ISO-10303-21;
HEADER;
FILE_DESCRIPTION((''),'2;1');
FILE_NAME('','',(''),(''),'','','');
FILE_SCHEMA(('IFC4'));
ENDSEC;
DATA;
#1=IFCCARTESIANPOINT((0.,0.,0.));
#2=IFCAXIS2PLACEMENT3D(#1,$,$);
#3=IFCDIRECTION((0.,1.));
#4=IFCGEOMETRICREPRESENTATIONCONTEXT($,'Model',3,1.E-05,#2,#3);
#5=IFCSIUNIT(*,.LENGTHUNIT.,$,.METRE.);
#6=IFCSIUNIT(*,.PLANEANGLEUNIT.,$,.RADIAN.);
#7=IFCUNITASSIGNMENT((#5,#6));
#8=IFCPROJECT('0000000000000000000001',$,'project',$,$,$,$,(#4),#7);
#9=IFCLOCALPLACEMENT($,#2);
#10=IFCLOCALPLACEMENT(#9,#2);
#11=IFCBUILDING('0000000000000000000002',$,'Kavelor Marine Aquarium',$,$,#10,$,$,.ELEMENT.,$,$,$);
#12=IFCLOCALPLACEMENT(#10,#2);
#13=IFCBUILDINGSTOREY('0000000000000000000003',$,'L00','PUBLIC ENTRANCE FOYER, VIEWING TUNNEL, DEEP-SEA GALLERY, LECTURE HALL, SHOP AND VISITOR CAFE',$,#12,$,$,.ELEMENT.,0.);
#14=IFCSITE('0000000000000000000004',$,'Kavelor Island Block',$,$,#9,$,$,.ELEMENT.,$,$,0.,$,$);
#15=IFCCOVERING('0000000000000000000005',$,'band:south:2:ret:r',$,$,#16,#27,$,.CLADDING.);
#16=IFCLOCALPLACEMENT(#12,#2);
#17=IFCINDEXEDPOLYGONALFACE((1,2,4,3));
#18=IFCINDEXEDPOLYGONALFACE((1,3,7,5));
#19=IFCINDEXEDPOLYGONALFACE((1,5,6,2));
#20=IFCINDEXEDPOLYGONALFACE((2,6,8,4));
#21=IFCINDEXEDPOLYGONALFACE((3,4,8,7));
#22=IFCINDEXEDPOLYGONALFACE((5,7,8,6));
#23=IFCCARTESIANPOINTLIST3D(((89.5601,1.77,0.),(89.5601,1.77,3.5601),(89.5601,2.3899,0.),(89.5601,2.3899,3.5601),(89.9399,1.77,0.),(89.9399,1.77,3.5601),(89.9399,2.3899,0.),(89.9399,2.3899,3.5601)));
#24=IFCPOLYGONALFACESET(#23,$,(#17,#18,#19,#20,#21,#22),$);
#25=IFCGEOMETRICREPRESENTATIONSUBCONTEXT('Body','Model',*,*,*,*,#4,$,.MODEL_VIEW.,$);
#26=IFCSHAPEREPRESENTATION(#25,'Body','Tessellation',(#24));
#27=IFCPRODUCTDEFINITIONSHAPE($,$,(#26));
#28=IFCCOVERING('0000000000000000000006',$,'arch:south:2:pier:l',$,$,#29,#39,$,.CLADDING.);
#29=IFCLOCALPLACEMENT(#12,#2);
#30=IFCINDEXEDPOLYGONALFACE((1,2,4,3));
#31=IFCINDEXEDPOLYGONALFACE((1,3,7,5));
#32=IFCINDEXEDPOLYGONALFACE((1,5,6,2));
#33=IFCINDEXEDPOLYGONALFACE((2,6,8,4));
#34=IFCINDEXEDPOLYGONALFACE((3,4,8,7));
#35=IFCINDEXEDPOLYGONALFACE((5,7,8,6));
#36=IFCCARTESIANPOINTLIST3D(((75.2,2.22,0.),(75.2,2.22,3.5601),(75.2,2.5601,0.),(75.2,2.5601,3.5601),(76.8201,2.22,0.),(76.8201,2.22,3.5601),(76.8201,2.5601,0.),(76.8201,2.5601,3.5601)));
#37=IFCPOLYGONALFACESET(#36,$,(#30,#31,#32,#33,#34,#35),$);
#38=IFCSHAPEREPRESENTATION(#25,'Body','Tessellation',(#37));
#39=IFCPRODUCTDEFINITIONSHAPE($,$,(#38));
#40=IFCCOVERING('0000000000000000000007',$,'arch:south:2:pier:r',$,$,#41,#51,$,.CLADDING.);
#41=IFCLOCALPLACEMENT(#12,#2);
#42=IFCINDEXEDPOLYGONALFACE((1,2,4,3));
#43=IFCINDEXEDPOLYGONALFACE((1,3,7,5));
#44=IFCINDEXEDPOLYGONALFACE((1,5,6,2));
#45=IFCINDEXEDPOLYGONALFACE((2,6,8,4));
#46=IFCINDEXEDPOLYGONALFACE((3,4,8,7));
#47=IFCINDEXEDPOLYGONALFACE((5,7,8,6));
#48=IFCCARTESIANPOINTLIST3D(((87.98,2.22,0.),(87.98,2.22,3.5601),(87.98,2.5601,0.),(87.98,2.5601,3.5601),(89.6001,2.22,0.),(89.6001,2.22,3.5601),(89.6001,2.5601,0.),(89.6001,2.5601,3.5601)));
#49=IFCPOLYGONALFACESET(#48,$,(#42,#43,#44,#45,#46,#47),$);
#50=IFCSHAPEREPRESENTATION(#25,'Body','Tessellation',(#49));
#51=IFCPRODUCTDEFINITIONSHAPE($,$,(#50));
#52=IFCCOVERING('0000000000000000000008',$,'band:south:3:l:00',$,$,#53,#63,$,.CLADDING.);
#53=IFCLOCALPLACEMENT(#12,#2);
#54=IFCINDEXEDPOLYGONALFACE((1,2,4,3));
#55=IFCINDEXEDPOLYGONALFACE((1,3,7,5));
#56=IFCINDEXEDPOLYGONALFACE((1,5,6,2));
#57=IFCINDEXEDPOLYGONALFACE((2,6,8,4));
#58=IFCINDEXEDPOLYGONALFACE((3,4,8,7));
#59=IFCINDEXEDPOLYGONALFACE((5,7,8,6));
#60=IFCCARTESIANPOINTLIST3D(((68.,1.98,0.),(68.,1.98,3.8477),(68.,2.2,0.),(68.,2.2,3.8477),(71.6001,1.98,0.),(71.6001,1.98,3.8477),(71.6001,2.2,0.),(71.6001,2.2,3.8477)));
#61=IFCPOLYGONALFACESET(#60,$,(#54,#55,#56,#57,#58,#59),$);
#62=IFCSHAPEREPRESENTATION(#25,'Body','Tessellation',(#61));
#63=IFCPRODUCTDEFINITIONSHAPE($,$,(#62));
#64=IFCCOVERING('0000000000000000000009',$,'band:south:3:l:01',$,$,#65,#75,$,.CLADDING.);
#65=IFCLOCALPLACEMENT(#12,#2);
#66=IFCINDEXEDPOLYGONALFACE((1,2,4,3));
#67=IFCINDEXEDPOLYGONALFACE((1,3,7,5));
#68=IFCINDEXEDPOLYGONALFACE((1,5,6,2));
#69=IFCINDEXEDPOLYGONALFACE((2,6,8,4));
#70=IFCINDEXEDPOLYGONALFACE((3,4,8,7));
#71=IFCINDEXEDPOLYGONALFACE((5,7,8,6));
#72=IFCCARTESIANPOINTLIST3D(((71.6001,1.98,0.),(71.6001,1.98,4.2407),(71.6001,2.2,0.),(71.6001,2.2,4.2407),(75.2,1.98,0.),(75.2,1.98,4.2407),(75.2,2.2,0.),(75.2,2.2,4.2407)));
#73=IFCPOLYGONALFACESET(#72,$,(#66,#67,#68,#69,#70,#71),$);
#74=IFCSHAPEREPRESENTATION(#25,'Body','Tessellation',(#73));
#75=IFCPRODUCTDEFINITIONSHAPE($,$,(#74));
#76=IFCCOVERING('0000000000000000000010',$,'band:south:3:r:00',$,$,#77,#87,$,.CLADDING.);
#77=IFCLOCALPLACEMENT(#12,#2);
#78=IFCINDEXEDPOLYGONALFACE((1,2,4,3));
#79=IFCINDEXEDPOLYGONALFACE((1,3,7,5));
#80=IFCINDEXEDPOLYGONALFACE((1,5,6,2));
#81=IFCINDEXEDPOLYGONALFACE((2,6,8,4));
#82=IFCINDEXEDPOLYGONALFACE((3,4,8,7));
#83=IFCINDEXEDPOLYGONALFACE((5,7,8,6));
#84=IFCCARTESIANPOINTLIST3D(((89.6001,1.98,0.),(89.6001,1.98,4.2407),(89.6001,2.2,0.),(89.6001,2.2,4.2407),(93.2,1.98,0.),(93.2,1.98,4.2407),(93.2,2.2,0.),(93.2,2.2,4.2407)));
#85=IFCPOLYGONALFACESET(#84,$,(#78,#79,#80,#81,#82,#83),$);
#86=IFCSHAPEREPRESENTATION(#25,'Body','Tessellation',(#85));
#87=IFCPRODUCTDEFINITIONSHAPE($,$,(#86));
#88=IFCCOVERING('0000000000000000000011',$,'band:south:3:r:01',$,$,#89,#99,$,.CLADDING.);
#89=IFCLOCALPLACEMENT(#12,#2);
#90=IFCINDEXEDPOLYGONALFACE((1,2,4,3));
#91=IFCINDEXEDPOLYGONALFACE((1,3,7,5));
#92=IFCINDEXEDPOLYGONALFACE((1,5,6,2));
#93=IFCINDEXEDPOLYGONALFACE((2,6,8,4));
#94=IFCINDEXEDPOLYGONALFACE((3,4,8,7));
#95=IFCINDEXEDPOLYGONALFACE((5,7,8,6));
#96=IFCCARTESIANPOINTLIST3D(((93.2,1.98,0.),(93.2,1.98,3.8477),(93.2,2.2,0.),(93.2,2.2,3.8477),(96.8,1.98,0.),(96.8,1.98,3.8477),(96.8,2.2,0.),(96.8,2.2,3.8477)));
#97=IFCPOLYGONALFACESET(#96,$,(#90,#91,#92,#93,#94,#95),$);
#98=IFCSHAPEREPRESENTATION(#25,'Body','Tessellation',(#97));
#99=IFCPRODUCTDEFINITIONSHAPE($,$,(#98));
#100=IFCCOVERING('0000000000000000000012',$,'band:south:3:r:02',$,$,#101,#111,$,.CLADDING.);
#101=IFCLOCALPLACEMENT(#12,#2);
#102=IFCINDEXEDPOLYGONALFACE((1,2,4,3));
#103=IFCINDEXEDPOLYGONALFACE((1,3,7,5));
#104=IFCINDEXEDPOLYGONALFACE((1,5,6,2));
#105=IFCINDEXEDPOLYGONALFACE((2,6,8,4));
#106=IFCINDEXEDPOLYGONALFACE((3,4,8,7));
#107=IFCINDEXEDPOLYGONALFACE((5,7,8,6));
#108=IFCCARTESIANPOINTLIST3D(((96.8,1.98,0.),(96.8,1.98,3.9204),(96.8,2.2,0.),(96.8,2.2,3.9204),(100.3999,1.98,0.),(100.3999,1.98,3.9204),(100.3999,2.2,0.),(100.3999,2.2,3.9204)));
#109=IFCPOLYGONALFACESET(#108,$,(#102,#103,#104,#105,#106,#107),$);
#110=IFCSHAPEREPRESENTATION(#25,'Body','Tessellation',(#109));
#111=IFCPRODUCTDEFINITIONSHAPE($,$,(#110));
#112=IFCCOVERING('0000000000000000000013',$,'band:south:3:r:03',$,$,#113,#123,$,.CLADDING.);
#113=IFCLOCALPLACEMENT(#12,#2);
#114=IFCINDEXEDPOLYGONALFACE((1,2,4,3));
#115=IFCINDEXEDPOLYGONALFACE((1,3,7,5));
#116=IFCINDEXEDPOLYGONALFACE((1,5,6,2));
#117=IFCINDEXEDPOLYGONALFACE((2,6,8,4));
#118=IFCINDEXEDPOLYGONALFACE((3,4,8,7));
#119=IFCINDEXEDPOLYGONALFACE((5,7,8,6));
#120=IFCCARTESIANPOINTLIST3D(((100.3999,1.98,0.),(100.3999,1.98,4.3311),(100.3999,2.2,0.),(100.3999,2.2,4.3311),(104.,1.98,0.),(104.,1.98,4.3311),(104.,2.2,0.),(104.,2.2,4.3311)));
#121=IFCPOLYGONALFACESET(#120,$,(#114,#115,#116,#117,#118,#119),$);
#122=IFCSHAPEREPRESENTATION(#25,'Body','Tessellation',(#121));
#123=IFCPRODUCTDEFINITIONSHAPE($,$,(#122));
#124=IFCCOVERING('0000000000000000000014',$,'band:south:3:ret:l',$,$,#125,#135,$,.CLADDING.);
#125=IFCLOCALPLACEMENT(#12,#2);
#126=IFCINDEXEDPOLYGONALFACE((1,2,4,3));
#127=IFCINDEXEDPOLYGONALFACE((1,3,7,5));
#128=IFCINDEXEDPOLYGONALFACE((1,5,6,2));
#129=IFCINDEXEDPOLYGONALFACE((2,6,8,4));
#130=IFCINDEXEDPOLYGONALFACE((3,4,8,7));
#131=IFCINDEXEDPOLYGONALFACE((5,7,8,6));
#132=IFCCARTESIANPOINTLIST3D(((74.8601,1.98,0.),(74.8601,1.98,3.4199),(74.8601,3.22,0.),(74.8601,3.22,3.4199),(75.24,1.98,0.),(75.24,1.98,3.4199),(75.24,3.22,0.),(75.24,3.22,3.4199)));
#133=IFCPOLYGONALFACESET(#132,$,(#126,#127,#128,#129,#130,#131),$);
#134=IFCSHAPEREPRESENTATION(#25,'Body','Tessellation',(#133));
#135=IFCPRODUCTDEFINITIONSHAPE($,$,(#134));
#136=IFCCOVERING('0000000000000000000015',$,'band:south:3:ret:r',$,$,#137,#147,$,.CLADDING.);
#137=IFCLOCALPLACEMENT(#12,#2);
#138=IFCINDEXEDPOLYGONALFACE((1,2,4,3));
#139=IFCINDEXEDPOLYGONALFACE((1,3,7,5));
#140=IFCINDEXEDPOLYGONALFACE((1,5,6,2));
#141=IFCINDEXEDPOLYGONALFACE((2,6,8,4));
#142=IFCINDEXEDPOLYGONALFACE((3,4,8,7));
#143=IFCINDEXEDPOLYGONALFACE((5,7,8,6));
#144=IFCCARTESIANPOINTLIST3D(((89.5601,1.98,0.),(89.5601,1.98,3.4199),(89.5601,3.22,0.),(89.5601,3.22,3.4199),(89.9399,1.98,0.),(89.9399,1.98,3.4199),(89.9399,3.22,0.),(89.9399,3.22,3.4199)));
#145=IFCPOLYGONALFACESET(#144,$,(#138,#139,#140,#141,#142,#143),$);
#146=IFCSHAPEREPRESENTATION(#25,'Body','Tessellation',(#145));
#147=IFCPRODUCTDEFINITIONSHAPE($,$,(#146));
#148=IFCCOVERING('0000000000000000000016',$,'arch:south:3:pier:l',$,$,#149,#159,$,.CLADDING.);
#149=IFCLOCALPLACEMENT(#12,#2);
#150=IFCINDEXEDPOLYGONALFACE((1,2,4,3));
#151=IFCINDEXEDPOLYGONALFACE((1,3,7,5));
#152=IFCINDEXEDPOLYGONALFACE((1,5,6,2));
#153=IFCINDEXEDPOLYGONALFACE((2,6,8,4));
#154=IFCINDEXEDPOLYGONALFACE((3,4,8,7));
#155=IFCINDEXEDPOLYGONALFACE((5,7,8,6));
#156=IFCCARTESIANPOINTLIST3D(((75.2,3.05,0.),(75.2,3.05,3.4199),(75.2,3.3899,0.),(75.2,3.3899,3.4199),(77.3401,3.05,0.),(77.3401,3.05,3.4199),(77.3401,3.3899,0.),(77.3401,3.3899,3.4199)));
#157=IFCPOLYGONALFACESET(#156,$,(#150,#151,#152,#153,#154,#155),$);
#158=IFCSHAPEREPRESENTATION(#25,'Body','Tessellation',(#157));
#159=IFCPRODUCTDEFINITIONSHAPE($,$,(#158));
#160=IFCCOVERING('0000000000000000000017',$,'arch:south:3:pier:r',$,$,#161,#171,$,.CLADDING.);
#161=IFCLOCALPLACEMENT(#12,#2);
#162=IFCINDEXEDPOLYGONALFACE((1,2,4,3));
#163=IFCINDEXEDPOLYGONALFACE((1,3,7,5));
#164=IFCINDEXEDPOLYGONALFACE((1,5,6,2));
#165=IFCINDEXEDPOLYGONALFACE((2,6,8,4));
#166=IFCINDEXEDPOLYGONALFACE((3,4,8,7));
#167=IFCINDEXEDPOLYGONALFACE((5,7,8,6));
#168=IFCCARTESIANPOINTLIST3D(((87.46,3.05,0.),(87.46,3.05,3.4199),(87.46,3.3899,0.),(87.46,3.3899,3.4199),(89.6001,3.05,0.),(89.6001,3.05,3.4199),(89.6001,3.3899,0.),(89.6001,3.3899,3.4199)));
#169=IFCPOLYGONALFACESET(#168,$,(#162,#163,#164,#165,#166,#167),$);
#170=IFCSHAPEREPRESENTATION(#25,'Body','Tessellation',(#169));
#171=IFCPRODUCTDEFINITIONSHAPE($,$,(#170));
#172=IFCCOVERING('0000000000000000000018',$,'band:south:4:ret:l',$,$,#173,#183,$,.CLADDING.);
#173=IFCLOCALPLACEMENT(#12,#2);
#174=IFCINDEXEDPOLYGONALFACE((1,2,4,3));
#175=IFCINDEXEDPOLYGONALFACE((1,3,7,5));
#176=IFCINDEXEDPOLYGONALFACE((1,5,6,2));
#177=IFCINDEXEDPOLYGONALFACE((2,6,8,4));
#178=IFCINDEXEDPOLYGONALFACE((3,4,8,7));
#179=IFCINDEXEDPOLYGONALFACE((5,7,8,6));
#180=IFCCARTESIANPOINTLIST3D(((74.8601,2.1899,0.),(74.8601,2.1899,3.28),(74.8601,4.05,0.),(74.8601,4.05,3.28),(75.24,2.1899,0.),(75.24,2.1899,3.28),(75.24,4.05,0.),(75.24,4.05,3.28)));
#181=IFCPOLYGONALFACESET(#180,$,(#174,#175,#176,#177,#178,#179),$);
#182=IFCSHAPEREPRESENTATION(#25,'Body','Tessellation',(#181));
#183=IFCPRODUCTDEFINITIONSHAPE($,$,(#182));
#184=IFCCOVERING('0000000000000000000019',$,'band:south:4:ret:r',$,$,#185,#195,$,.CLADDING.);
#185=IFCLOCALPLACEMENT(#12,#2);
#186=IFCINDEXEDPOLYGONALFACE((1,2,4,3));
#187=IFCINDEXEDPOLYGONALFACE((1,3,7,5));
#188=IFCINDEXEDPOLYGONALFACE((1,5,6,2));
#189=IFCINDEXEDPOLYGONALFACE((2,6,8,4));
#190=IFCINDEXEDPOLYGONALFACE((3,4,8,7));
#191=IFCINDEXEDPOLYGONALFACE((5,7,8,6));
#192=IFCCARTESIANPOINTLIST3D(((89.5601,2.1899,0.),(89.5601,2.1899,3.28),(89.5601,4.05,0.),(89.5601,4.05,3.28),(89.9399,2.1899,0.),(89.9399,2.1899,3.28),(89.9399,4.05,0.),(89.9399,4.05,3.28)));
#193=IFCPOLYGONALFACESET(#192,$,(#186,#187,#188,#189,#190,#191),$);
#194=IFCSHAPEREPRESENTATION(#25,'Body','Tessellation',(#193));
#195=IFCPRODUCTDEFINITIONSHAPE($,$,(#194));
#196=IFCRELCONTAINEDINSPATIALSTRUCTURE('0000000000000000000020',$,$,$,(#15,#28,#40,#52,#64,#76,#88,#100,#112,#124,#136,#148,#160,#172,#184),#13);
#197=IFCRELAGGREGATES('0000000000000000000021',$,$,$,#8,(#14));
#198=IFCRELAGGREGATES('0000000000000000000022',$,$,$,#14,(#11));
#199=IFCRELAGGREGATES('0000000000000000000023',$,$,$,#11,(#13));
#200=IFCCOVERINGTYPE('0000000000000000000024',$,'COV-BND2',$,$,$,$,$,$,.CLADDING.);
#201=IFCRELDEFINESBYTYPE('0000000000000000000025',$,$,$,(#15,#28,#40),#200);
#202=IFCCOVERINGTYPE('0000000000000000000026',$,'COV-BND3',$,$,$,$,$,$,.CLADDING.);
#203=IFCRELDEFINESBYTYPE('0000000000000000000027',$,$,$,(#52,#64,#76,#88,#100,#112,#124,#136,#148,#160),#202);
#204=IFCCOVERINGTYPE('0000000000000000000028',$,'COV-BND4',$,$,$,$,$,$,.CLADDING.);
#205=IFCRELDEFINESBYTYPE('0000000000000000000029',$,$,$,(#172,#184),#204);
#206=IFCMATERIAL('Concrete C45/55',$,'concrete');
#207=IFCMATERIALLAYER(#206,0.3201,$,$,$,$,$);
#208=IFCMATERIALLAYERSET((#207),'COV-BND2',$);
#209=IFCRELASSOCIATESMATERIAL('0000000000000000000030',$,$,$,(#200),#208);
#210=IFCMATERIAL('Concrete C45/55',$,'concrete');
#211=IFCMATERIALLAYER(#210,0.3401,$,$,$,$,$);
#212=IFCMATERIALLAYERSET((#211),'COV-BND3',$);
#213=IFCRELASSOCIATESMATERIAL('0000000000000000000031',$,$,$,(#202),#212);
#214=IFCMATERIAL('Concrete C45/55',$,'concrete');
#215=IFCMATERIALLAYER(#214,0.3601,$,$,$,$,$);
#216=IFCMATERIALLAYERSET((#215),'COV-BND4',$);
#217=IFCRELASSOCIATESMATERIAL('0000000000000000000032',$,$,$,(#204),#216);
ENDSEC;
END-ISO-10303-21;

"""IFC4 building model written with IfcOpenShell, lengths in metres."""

from ifc_helpers import new_model, si_unit, direction, origin, place, context, subcontext, project, spatial, polyline, outline, extrude, material, layer, layer_set, type_object, element, save


model = new_model("IFC4")

# Units and contexts
model_context = context("Model", 3, precision=1e-05, world=origin(), true_north=direction((0.0, 1.0)))
body_context = subcontext(model_context, "Body", "Model", "MODEL_VIEW")
ifc_project = project(units=[si_unit("LENGTHUNIT", "METRE"), si_unit("PLANEANGLEUNIT", "RADIAN")], contexts=[model_context])

# Site, building, storey
site_placement = place(None, origin())
site = spatial("IfcSite", under=ifc_project, at=site_placement, Name="Kavelor Island Block", CompositionType="ELEMENT", RefElevation=0.0)
building_placement = place(site_placement, origin())
building = spatial("IfcBuilding", under=site, at=building_placement, Name="Kavelor Marine Aquarium", CompositionType="ELEMENT")
storey_placement = place(building_placement, origin())
storey = spatial("IfcBuildingStorey", under=building, at=storey_placement, Name="L00", Description="PUBLIC ENTRANCE FOYER, VIEWING TUNNEL, DEEP-SEA GALLERY, LECTURE HALL, SHOP AND VISITOR CAFE", CompositionType="ELEMENT", Elevation=0.0)

# Coverings
ifc_material_1 = material(Name="Concrete C45/55", Category="concrete")
ifc_layer_1 = layer(ifc_material_1, 0.3201)
ifc_layer_set_1 = layer_set([ifc_layer_1], Name="COV-BND2")
covering_type_1 = type_object("IfcCoveringType", Name="COV-BND2", PredefinedType="CLADDING", material=ifc_layer_set_1)
covering_1_placement = place(storey_placement, origin())
element("IfcCovering", 1, at=covering_1_placement, inside=storey, type_object=covering_type_1, Name="band:south:2:ret:r", PredefinedType="CLADDING", context=body_context, shape_type="SweptSolid", body=[
    extrude(outline(polyline([(89.5601, 1.77), (89.9399, 1.77), (89.9399, 2.3899), (89.5601, 2.3899), (89.5601, 1.77)])), origin(), (0.0, 0.0, 1.0), 3.5601),
])
covering_2_placement = place(storey_placement, origin())
element("IfcCovering", 2, at=covering_2_placement, inside=storey, type_object=covering_type_1, Name="arch:south:2:pier:l", PredefinedType="CLADDING", context=body_context, shape_type="SweptSolid", body=[
    extrude(outline(polyline([(75.2, 2.22), (76.8201, 2.22), (76.8201, 2.5601), (75.2, 2.5601), (75.2, 2.22)])), origin(), (0.0, 0.0, 1.0), 3.5601),
])
covering_3_placement = place(storey_placement, origin())
element("IfcCovering", 3, at=covering_3_placement, inside=storey, type_object=covering_type_1, Name="arch:south:2:pier:r", PredefinedType="CLADDING", context=body_context, shape_type="SweptSolid", body=[
    extrude(outline(polyline([(87.98, 2.22), (89.6001, 2.22), (89.6001, 2.5601), (87.98, 2.5601), (87.98, 2.22)])), origin(), (0.0, 0.0, 1.0), 3.5601),
])
ifc_material_2 = material(Name="Concrete C45/55", Category="concrete")
ifc_layer_2 = layer(ifc_material_2, 0.3401)
ifc_layer_set_2 = layer_set([ifc_layer_2], Name="COV-BND3")
covering_type_2 = type_object("IfcCoveringType", Name="COV-BND3", PredefinedType="CLADDING", material=ifc_layer_set_2)
covering_4_placement = place(storey_placement, origin())
element("IfcCovering", 4, at=covering_4_placement, inside=storey, type_object=covering_type_2, Name="band:south:3:l:00", PredefinedType="CLADDING", context=body_context, shape_type="SweptSolid", body=[
    extrude(outline(polyline([(68.0, 1.98), (71.6001, 1.98), (71.6001, 2.2), (68.0, 2.2), (68.0, 1.98)])), origin(), (0.0, 0.0, 1.0), 3.8477),
])
covering_5_placement = place(storey_placement, origin())
element("IfcCovering", 5, at=covering_5_placement, inside=storey, type_object=covering_type_2, Name="band:south:3:l:01", PredefinedType="CLADDING", context=body_context, shape_type="SweptSolid", body=[
    extrude(outline(polyline([(71.6001, 1.98), (75.2, 1.98), (75.2, 2.2), (71.6001, 2.2), (71.6001, 1.98)])), origin(), (0.0, 0.0, 1.0), 4.2407),
])
covering_6_placement = place(storey_placement, origin())
element("IfcCovering", 6, at=covering_6_placement, inside=storey, type_object=covering_type_2, Name="band:south:3:r:00", PredefinedType="CLADDING", context=body_context, shape_type="SweptSolid", body=[
    extrude(outline(polyline([(89.6001, 1.98), (93.2, 1.98), (93.2, 2.2), (89.6001, 2.2), (89.6001, 1.98)])), origin(), (0.0, 0.0, 1.0), 4.2407),
])
covering_7_placement = place(storey_placement, origin())
element("IfcCovering", 7, at=covering_7_placement, inside=storey, type_object=covering_type_2, Name="band:south:3:r:01", PredefinedType="CLADDING", context=body_context, shape_type="SweptSolid", body=[
    extrude(outline(polyline([(93.2, 1.98), (96.8, 1.98), (96.8, 2.2), (93.2, 2.2), (93.2, 1.98)])), origin(), (0.0, 0.0, 1.0), 3.8477),
])
covering_8_placement = place(storey_placement, origin())
element("IfcCovering", 8, at=covering_8_placement, inside=storey, type_object=covering_type_2, Name="band:south:3:r:02", PredefinedType="CLADDING", context=body_context, shape_type="SweptSolid", body=[
    extrude(outline(polyline([(96.8, 1.98), (100.3999, 1.98), (100.3999, 2.2), (96.8, 2.2), (96.8, 1.98)])), origin(), (0.0, 0.0, 1.0), 3.9204),
])
covering_9_placement = place(storey_placement, origin())
element("IfcCovering", 9, at=covering_9_placement, inside=storey, type_object=covering_type_2, Name="band:south:3:r:03", PredefinedType="CLADDING", context=body_context, shape_type="SweptSolid", body=[
    extrude(outline(polyline([(100.3999, 1.98), (104.0, 1.98), (104.0, 2.2), (100.3999, 2.2), (100.3999, 1.98)])), origin(), (0.0, 0.0, 1.0), 4.3311),
])
covering_10_placement = place(storey_placement, origin())
element("IfcCovering", 10, at=covering_10_placement, inside=storey, type_object=covering_type_2, Name="band:south:3:ret:l", PredefinedType="CLADDING", context=body_context, shape_type="SweptSolid", body=[
    extrude(outline(polyline([(74.8601, 1.98), (75.24, 1.98), (75.24, 3.22), (74.8601, 3.22), (74.8601, 1.98)])), origin(), (0.0, 0.0, 1.0), 3.4199),
])
covering_11_placement = place(storey_placement, origin())
element("IfcCovering", 11, at=covering_11_placement, inside=storey, type_object=covering_type_2, Name="band:south:3:ret:r", PredefinedType="CLADDING", context=body_context, shape_type="SweptSolid", body=[
    extrude(outline(polyline([(89.5601, 1.98), (89.9399, 1.98), (89.9399, 3.22), (89.5601, 3.22), (89.5601, 1.98)])), origin(), (0.0, 0.0, 1.0), 3.4199),
])
covering_12_placement = place(storey_placement, origin())
element("IfcCovering", 12, at=covering_12_placement, inside=storey, type_object=covering_type_2, Name="arch:south:3:pier:l", PredefinedType="CLADDING", context=body_context, shape_type="SweptSolid", body=[
    extrude(outline(polyline([(75.2, 3.05), (77.3401, 3.05), (77.3401, 3.3899), (75.2, 3.3899), (75.2, 3.05)])), origin(), (0.0, 0.0, 1.0), 3.4199),
])
covering_13_placement = place(storey_placement, origin())
element("IfcCovering", 13, at=covering_13_placement, inside=storey, type_object=covering_type_2, Name="arch:south:3:pier:r", PredefinedType="CLADDING", context=body_context, shape_type="SweptSolid", body=[
    extrude(outline(polyline([(87.46, 3.05), (89.6001, 3.05), (89.6001, 3.3899), (87.46, 3.3899), (87.46, 3.05)])), origin(), (0.0, 0.0, 1.0), 3.4199),
])
ifc_material_3 = material(Name="Concrete C45/55", Category="concrete")
ifc_layer_3 = layer(ifc_material_3, 0.3601)
ifc_layer_set_3 = layer_set([ifc_layer_3], Name="COV-BND4")
covering_type_3 = type_object("IfcCoveringType", Name="COV-BND4", PredefinedType="CLADDING", material=ifc_layer_set_3)
covering_14_placement = place(storey_placement, origin())
element("IfcCovering", 14, at=covering_14_placement, inside=storey, type_object=covering_type_3, Name="band:south:4:ret:l", PredefinedType="CLADDING", context=body_context, shape_type="SweptSolid", body=[
    extrude(outline(polyline([(74.8601, 2.1899), (75.24, 2.1899), (75.24, 4.05), (74.8601, 4.05), (74.8601, 2.1899)])), origin(), (0.0, 0.0, 1.0), 3.28),
])
covering_15_placement = place(storey_placement, origin())
element("IfcCovering", 15, at=covering_15_placement, inside=storey, type_object=covering_type_3, Name="band:south:4:ret:r", PredefinedType="CLADDING", context=body_context, shape_type="SweptSolid", body=[
    extrude(outline(polyline([(89.5601, 2.1899), (89.9399, 2.1899), (89.9399, 4.05), (89.5601, 4.05), (89.5601, 2.1899)])), origin(), (0.0, 0.0, 1.0), 3.28),
])

save(model, "model.ifc")
